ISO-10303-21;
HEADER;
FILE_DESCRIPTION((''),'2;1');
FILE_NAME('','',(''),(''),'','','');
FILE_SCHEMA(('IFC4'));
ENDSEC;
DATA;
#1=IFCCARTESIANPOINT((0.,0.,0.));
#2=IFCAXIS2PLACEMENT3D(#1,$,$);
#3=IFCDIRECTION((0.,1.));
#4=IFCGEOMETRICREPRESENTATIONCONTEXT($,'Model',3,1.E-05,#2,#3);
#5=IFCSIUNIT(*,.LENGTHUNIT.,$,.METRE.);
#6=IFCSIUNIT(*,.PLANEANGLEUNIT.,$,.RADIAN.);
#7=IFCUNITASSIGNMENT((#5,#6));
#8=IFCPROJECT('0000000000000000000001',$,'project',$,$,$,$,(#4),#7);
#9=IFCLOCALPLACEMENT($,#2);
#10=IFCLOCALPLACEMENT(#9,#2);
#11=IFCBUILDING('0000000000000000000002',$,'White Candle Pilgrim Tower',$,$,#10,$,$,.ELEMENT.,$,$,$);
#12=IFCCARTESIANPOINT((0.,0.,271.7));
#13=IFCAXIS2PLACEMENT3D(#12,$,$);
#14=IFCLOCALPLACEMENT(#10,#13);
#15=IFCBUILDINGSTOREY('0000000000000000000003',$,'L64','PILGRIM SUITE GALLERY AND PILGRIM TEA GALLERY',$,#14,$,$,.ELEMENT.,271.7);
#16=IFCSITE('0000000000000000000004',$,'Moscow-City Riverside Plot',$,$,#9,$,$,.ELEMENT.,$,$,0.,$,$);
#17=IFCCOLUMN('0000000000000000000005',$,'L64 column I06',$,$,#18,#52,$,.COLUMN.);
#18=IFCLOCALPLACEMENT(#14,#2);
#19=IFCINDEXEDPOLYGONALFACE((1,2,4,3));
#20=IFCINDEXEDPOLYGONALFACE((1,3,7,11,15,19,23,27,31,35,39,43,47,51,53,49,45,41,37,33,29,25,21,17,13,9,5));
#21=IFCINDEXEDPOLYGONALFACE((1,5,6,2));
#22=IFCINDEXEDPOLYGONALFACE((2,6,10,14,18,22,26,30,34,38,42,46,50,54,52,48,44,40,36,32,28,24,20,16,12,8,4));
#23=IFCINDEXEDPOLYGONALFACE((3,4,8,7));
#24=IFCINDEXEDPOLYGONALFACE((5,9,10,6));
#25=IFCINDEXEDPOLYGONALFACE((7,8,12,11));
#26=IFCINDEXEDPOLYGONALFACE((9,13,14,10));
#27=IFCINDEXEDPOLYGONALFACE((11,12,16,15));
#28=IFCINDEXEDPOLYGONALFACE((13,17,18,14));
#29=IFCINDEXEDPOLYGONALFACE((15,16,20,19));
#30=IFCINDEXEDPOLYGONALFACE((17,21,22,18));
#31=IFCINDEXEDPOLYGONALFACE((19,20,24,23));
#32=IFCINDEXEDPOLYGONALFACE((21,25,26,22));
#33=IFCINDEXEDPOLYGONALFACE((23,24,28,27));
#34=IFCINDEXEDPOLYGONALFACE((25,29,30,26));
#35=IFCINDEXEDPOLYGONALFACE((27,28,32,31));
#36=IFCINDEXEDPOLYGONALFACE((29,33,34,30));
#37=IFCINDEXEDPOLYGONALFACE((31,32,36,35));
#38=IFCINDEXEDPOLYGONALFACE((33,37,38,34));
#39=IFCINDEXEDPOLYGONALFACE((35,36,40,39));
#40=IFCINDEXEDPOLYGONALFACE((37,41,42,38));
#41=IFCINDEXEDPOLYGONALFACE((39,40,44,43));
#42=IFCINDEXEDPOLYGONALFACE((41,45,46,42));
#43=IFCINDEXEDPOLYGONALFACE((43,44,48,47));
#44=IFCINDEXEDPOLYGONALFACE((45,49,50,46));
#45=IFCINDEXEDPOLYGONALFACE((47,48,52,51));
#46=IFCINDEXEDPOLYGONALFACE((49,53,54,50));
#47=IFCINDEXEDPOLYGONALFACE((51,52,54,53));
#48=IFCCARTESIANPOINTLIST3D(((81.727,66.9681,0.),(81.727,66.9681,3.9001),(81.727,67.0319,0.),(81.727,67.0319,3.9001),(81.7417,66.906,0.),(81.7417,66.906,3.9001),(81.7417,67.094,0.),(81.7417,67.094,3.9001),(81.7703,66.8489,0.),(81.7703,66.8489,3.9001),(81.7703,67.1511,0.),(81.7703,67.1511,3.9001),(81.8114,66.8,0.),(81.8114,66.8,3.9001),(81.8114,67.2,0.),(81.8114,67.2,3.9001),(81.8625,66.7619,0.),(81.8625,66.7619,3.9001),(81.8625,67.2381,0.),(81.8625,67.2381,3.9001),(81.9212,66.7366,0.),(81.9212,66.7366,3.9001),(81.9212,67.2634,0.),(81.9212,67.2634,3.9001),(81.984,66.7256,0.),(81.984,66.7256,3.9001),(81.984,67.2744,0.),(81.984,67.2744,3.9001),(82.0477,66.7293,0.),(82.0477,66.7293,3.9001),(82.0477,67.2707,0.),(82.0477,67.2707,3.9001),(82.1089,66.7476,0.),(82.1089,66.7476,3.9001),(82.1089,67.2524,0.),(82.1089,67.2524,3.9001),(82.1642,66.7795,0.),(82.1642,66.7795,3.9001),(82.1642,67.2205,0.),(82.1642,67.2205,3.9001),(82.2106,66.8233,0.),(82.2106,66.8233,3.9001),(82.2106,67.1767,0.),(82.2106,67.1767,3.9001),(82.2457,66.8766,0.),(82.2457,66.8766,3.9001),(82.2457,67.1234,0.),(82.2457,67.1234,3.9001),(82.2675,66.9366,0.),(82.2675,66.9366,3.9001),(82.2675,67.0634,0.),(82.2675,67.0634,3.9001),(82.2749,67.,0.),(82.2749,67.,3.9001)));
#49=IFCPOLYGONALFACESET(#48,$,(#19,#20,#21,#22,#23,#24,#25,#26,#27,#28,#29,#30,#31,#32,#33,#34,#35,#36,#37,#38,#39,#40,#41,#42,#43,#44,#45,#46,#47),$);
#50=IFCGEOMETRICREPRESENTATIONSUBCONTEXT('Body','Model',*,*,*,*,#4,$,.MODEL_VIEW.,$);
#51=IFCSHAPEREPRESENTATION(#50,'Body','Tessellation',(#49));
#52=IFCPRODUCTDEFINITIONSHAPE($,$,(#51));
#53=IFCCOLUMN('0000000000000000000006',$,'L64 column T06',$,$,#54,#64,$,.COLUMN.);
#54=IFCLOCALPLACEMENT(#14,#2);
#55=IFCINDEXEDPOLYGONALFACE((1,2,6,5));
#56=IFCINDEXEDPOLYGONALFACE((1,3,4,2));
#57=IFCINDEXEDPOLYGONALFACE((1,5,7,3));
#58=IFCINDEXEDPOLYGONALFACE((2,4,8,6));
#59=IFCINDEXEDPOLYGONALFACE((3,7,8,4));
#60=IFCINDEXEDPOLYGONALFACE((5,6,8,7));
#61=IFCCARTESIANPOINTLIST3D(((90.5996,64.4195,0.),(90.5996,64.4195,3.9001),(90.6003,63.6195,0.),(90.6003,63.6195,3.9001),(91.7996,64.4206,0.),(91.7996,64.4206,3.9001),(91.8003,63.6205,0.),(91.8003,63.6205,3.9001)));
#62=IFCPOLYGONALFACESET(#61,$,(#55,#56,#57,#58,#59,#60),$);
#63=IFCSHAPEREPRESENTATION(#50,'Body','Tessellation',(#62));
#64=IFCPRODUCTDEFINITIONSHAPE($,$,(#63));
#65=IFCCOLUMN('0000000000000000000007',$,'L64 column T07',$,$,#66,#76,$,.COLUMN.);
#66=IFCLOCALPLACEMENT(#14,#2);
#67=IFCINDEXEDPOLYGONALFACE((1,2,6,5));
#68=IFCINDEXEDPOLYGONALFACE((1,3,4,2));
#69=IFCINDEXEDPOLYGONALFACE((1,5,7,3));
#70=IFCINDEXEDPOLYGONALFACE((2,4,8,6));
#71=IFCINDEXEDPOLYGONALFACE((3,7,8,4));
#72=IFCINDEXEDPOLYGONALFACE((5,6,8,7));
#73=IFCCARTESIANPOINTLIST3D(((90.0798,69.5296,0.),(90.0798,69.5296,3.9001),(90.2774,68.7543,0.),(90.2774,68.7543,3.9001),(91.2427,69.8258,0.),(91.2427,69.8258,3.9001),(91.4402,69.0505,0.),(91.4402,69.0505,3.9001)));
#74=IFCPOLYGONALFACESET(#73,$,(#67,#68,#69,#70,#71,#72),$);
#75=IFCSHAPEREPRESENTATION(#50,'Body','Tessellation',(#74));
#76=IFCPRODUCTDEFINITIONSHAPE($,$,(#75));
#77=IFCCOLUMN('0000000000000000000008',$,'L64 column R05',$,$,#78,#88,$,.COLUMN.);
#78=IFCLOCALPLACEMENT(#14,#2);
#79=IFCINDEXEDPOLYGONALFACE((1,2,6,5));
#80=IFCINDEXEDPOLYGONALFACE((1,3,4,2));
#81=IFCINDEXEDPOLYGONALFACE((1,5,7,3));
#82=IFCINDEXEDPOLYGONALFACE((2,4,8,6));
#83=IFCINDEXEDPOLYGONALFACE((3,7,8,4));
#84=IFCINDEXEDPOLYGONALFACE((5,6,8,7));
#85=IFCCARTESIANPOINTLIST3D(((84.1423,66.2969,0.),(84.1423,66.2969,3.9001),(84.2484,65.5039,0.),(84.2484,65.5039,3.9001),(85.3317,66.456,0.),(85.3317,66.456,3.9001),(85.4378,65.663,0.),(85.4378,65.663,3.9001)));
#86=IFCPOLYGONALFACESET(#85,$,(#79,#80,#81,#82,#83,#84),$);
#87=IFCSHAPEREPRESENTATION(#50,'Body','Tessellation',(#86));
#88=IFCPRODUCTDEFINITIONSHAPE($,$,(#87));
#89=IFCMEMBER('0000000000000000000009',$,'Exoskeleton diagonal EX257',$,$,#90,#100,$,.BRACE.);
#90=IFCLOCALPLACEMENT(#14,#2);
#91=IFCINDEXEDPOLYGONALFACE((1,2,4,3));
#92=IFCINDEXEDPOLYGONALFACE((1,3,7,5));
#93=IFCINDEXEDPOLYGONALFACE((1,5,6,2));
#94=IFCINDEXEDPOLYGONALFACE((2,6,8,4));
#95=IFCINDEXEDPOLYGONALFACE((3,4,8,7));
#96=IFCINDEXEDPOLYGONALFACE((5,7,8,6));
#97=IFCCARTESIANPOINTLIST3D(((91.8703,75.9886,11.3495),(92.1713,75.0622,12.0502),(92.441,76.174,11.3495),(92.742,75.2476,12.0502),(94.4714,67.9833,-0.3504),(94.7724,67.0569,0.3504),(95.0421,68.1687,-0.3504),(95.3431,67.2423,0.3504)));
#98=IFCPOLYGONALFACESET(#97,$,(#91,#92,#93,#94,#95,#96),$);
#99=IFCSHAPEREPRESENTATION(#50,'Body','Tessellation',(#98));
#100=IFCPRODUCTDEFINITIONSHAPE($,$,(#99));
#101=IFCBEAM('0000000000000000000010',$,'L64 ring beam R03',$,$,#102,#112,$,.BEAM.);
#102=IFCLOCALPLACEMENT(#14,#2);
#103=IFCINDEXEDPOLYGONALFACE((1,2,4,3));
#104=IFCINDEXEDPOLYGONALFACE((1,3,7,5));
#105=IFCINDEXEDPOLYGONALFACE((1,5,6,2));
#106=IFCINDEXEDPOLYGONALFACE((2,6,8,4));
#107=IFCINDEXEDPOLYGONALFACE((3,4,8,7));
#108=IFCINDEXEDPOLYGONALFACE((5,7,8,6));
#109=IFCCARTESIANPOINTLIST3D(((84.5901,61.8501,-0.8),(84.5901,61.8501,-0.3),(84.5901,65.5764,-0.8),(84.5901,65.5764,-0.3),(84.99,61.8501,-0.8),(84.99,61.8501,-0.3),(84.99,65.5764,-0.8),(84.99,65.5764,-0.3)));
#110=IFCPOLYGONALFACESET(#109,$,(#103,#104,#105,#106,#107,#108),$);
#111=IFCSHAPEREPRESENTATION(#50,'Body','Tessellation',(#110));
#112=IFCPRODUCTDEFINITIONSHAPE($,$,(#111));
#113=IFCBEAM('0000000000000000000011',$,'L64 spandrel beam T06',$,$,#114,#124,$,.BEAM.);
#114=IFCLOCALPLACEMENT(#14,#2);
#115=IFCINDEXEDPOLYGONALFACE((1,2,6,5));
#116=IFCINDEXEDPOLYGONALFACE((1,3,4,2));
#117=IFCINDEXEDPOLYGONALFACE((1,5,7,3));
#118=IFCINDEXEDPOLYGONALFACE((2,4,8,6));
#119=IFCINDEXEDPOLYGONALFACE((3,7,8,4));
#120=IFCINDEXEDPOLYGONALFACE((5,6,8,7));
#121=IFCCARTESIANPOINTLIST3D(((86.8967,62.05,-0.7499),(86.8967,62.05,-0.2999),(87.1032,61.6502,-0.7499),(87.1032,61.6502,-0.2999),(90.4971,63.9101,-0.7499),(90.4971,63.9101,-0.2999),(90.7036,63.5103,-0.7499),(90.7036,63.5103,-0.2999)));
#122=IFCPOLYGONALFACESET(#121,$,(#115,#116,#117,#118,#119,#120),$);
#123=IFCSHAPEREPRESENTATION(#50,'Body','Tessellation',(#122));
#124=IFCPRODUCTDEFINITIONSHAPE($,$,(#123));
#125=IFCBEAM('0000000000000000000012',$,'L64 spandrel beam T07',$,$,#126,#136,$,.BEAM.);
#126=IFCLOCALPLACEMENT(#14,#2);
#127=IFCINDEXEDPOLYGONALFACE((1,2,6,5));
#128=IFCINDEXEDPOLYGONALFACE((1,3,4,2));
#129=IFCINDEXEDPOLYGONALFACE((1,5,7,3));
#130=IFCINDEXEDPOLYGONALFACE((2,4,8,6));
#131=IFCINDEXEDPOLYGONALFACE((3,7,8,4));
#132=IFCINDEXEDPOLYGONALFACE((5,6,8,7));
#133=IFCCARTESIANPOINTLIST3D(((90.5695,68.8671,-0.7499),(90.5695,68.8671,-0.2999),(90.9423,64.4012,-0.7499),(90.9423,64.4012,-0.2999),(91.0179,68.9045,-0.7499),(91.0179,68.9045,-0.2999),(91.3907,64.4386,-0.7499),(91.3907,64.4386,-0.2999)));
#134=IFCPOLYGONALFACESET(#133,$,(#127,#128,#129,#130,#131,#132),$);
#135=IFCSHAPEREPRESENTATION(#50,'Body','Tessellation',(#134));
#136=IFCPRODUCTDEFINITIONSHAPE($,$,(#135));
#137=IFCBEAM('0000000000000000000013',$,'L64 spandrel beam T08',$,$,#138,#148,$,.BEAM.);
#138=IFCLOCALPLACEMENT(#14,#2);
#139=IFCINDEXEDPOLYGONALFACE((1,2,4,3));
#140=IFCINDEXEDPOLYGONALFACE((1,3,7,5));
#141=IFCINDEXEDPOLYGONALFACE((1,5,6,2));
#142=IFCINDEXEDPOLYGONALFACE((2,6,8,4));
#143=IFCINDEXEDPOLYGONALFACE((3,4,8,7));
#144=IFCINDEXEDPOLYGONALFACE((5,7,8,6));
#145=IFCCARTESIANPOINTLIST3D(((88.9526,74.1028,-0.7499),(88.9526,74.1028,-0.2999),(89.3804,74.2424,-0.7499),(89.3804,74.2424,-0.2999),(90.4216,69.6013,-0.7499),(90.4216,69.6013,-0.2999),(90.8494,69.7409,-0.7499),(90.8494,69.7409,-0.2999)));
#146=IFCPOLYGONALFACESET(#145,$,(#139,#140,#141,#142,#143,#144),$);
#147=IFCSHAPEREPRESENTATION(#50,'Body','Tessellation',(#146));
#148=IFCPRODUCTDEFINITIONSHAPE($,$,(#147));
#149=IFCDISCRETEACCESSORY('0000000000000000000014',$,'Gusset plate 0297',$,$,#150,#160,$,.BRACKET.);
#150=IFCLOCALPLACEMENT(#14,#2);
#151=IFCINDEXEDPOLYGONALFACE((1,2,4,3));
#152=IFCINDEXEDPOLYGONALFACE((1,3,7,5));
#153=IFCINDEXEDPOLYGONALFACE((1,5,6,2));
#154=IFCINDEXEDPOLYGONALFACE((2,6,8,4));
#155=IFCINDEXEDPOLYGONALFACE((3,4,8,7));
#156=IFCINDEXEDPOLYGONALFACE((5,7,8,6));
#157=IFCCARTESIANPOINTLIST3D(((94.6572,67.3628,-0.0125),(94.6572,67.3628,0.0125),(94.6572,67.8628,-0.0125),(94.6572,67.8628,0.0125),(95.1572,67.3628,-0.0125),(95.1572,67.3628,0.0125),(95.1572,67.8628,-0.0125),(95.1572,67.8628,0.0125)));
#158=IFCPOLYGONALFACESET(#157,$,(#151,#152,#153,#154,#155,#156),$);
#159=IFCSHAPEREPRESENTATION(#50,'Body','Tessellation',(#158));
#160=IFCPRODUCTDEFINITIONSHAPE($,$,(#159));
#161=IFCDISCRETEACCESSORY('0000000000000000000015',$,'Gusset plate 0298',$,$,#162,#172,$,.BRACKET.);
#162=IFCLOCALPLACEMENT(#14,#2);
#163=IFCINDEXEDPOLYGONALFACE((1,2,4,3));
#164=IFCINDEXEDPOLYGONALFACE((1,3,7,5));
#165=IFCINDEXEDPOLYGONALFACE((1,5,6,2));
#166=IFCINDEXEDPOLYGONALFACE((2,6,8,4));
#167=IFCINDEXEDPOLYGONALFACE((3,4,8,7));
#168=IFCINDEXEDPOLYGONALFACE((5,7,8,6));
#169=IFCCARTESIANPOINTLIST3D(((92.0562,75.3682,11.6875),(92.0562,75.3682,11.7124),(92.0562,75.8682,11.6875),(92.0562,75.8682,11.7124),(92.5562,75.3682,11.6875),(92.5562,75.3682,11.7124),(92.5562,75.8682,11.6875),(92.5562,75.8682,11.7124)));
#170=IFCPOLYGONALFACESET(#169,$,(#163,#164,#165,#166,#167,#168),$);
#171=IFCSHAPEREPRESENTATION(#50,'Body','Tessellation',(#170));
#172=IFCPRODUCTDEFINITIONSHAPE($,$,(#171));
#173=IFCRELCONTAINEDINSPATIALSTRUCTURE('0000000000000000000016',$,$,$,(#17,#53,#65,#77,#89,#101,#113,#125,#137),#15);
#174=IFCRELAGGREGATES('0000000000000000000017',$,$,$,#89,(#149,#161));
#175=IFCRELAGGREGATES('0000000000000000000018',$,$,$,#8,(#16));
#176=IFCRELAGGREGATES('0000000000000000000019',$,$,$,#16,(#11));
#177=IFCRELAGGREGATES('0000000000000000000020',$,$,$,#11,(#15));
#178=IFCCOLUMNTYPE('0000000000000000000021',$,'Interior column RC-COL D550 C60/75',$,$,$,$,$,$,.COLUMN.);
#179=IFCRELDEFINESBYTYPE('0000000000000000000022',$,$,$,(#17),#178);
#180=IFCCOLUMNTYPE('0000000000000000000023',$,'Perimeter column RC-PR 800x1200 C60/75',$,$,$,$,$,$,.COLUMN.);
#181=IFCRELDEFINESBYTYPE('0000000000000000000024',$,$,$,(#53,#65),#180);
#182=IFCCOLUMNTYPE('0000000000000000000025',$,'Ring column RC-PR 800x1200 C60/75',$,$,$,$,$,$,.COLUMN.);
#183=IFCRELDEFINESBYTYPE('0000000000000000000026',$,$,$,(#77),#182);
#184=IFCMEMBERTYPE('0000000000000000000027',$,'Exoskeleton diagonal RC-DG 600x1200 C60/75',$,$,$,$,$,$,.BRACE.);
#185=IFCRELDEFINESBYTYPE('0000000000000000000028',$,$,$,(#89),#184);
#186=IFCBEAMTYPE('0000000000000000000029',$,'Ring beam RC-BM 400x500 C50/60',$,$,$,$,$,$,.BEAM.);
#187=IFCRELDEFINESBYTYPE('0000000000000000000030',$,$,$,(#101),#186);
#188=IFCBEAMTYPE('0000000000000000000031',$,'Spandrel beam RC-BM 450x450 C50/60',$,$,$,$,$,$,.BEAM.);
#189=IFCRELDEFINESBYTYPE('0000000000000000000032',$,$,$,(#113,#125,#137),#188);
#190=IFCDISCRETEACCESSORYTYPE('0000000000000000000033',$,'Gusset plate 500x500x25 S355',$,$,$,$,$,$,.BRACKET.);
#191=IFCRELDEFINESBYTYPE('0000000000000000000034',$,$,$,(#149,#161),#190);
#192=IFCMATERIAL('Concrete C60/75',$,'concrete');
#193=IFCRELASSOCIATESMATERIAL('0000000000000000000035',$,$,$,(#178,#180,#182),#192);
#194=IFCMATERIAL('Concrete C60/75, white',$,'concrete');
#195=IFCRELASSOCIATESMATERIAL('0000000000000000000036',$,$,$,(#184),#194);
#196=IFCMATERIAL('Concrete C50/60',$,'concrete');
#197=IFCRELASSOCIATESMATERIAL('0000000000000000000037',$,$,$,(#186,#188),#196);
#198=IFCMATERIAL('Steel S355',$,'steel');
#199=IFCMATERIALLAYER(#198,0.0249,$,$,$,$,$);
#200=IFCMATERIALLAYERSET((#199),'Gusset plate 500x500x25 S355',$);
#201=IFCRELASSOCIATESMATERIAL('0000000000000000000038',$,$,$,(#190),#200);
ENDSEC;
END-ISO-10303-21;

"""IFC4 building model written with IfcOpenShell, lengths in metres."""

from ifc_helpers import new_model, si_unit, direction, frame, origin, origin_2d, place, context, subcontext, project, spatial, rectangle, circle, extrude, material, layer, layer_set, material_profile, profile_set, type_object, element, aggregate, save


model = new_model("IFC4")

# Units and contexts
model_context = context("Model", 3, precision=1e-05, world=origin(), true_north=direction((0.0, 1.0)))
body_context = subcontext(model_context, "Body", "Model", "MODEL_VIEW")
ifc_project = project(units=[si_unit("LENGTHUNIT", "METRE"), si_unit("PLANEANGLEUNIT", "RADIAN")], contexts=[model_context])

# Site, building, storey
site_placement = place(None, origin())
site = spatial("IfcSite", under=ifc_project, at=site_placement, Name="Moscow-City Riverside Plot", CompositionType="ELEMENT", RefElevation=0.0)
building_placement = place(site_placement, origin())
building = spatial("IfcBuilding", under=site, at=building_placement, Name="White Candle Pilgrim Tower", CompositionType="ELEMENT")
storey_placement = place(building_placement, frame((0.0, 0.0, 271.7)))
storey = spatial("IfcBuildingStorey", under=building, at=storey_placement, Name="L64", Description="PILGRIM SUITE GALLERY AND PILGRIM TEA GALLERY", CompositionType="ELEMENT", Elevation=271.7)

# Columns
ifc_material_1 = material(Name="Concrete C60/75", Category="concrete")
ifc_material_profile_1 = material_profile(ifc_material_1, circle(Radius=0.2749, at=origin_2d()), Name="RC-COL D550")
ifc_profile_set_1 = profile_set([ifc_material_profile_1], Name="Concrete C60/75")
column_type_1 = type_object("IfcColumnType", Name="Interior column RC-COL D550 C60/75", PredefinedType="COLUMN", material=ifc_profile_set_1)
column_1_placement = place(storey_placement, frame((82.0, 67.0, 0.0), z_axis=(0.0, 0.0, 1.0), x_axis=(1.0, 0.0, 0.0)))
element("IfcColumn", 1, at=column_1_placement, inside=storey, type_object=column_type_1, Name="L64 column I06", PredefinedType="COLUMN", context=body_context, shape_type="SweptSolid", body=[
    extrude(circle(Radius=0.2749, at=origin_2d()), origin(), (0.0, 0.0, 1.0), 3.9001),
])
ifc_material_profile_2 = material_profile(ifc_material_1, rectangle(XDim=0.8, YDim=1.2, at=origin_2d()), Name="RC-PR 800x1200")
ifc_profile_set_2 = profile_set([ifc_material_profile_2], Name="Concrete C60/75")
column_type_2 = type_object("IfcColumnType", Name="Perimeter column RC-PR 800x1200 C60/75", PredefinedType="COLUMN", material=ifc_profile_set_2)
for number, where, z_axis, x_axis, name in (
    (2, (91.2, 64.02, 0.0), (0.0, 0.0, 1.0), (0.000855, -1.0, 0.0), "L64 column T06"),
    (3, (90.76, 69.29, 0.0), (0.0, 0.0, 1.0), (0.246881, -0.969046, 0.0), "L64 column T07"),
):
    element("IfcColumn", number, at=place(storey_placement, frame(where, z_axis=z_axis, x_axis=x_axis)), inside=storey, type_object=column_type_2, Name=name, PredefinedType="COLUMN", context=body_context, shape_type="SweptSolid", body=[
        extrude(rectangle(XDim=0.8, YDim=1.2, at=origin_2d()), origin(), (0.0, 0.0, 1.0), 3.9001),
    ])
ifc_material_profile_3 = material_profile(ifc_material_1, rectangle(XDim=0.8, YDim=1.2, at=origin_2d()), Name="RC-PR 800x1200")
ifc_profile_set_3 = profile_set([ifc_material_profile_3], Name="Concrete C60/75")
column_type_3 = type_object("IfcColumnType", Name="Ring column RC-PR 800x1200 C60/75", PredefinedType="COLUMN", material=ifc_profile_set_3)
column_2_placement = place(storey_placement, frame((84.79, 65.98, 0.0), z_axis=(0.0, 0.0, 1.0), x_axis=(0.132602, -0.991169, 0.0)))
element("IfcColumn", 4, at=column_2_placement, inside=storey, type_object=column_type_3, Name="L64 column R05", PredefinedType="COLUMN", context=body_context, shape_type="SweptSolid", body=[
    extrude(rectangle(XDim=0.8, YDim=1.2, at=origin_2d()), origin(), (0.0, 0.0, 1.0), 3.9001),
])

# Member
ifc_material_2 = material(Name="Concrete C60/75, white", Category="concrete")
ifc_material_profile_4 = material_profile(ifc_material_2, rectangle(XDim=0.6001, YDim=1.2, at=origin_2d()), Name="RC-DG 600x1200")
ifc_profile_set_4 = profile_set([ifc_material_profile_4], Name="Concrete C60/75, white")
member_type = type_object("IfcMemberType", Name="Exoskeleton diagonal RC-DG 600x1200 C60/75", PredefinedType="BRACE", material=ifc_profile_set_4)
member_placement = place(storey_placement, frame((94.9072, 67.6128, 0.0), z_axis=(-0.180465, 0.555419, 0.811752), x_axis=(-0.951058, -0.309014, 0.0)))
member = element("IfcMember", 5, at=member_placement, inside=storey, type_object=member_type, Name="Exoskeleton diagonal EX257", PredefinedType="BRACE", context=body_context, shape_type="SweptSolid", body=[
    extrude(rectangle(XDim=0.6001, YDim=1.2, at=origin_2d()), origin(), (0.0, 0.0, 1.0), 14.4131),
])

# Beams
ifc_material_3 = material(Name="Concrete C50/60", Category="concrete")
ifc_material_profile_5 = material_profile(ifc_material_3, rectangle(XDim=0.3999, YDim=0.5, at=origin_2d()), Name="RC-BM 400x500")
ifc_profile_set_5 = profile_set([ifc_material_profile_5], Name="Concrete C50/60")
beam_type_1 = type_object("IfcBeamType", Name="Ring beam RC-BM 400x500 C50/60", PredefinedType="BEAM", material=ifc_profile_set_5)
beam_1_placement = place(storey_placement, frame((84.79, 65.5764, -0.55), z_axis=(0.0, -1.0, 0.0), x_axis=(1.0, 0.0, 0.0)))
element("IfcBeam", 6, at=beam_1_placement, inside=storey, type_object=beam_type_1, Name="L64 ring beam R03", PredefinedType="BEAM", context=body_context, shape_type="SweptSolid", body=[
    extrude(rectangle(XDim=0.3999, YDim=0.5, at=origin_2d()), origin(), (0.0, 0.0, 1.0), 3.7263),
])
ifc_material_profile_6 = material_profile(ifc_material_3, rectangle(XDim=0.45, YDim=0.45, at=origin_2d()), Name="RC-BM 450x450")
ifc_profile_set_6 = profile_set([ifc_material_profile_6], Name="Concrete C50/60")
beam_type_2 = type_object("IfcBeamType", Name="Spandrel beam RC-BM 450x450 C50/60", PredefinedType="BEAM", material=ifc_profile_set_6)
beam_2_placement = place(storey_placement, frame((90.6003, 63.7102, -0.5249), z_axis=(-0.888433, -0.459007, 0.0), x_axis=(0.459007, -0.888433, 0.0)))
element("IfcBeam", 7, at=beam_2_placement, inside=storey, type_object=beam_type_2, Name="L64 spandrel beam T06", PredefinedType="BEAM", context=body_context, shape_type="SweptSolid", body=[
    extrude(rectangle(XDim=0.45, YDim=0.45, at=origin_2d()), origin(), (0.0, 0.0, 1.0), 4.0525),
])
beam_3_placement = place(storey_placement, frame((91.1665, 64.4199, -0.5249), z_axis=(-0.08319, 0.996534, 0.0), x_axis=(-0.996534, -0.08319, 0.0)))
element("IfcBeam", 8, at=beam_3_placement, inside=storey, type_object=beam_type_2, Name="L64 spandrel beam T07", PredefinedType="BEAM", context=body_context, shape_type="SweptSolid", body=[
    extrude(rectangle(XDim=0.45, YDim=0.45, at=origin_2d()), origin(), (0.0, 0.0, 1.0), 4.4814),
])
beam_4_placement = place(storey_placement, frame((90.6355, 69.6711, -0.5249), z_axis=(-0.310235, 0.95066, 0.0), x_axis=(-0.95066, -0.310235, 0.0)))
element("IfcBeam", 9, at=beam_4_placement, inside=storey, type_object=beam_type_2, Name="L64 spandrel beam T08", PredefinedType="BEAM", context=body_context, shape_type="SweptSolid", body=[
    extrude(rectangle(XDim=0.45, YDim=0.45, at=origin_2d()), origin(), (0.0, 0.0, 1.0), 4.7351),
])

# Discrete accessories
ifc_material_4 = material(Name="Steel S355", Category="steel")
ifc_layer_1 = layer(ifc_material_4, 0.0249)
ifc_layer_set_1 = layer_set([ifc_layer_1], Name="Gusset plate 500x500x25 S355")
discrete_accessory_type = type_object("IfcDiscreteAccessoryType", Name="Gusset plate 500x500x25 S355", PredefinedType="BRACKET", material=ifc_layer_set_1)
discrete_accessory_1_placement = place(storey_placement, frame((94.9072, 67.6128, -0.0125), z_axis=(0.0, 0.0, 1.0), x_axis=(1.0, 0.0, 0.0)))
discrete_accessory_1 = element("IfcDiscreteAccessory", 10, at=discrete_accessory_1_placement, type_object=discrete_accessory_type, Name="Gusset plate 0297", PredefinedType="BRACKET", context=body_context, shape_type="SweptSolid", body=[
    extrude(rectangle(XDim=0.5, YDim=0.5, at=origin_2d()), origin(), (0.0, 0.0, 1.0), 0.0249),
])
placement = place(building_placement, frame((0.0, 0.0, 283.3999)))
discrete_accessory_2_placement = place(placement, frame((92.3062, 75.6182, -0.0125), z_axis=(0.0, 0.0, 1.0), x_axis=(1.0, 0.0, 0.0)))
discrete_accessory_2 = element("IfcDiscreteAccessory", 11, at=discrete_accessory_2_placement, type_object=discrete_accessory_type, Name="Gusset plate 0298", PredefinedType="BRACKET", context=body_context, shape_type="SweptSolid", body=[
    extrude(rectangle(XDim=0.5, YDim=0.5, at=origin_2d()), origin(), (0.0, 0.0, 1.0), 0.0249),
])
aggregate(member, [discrete_accessory_1, discrete_accessory_2])

save(model, "model.ifc")
